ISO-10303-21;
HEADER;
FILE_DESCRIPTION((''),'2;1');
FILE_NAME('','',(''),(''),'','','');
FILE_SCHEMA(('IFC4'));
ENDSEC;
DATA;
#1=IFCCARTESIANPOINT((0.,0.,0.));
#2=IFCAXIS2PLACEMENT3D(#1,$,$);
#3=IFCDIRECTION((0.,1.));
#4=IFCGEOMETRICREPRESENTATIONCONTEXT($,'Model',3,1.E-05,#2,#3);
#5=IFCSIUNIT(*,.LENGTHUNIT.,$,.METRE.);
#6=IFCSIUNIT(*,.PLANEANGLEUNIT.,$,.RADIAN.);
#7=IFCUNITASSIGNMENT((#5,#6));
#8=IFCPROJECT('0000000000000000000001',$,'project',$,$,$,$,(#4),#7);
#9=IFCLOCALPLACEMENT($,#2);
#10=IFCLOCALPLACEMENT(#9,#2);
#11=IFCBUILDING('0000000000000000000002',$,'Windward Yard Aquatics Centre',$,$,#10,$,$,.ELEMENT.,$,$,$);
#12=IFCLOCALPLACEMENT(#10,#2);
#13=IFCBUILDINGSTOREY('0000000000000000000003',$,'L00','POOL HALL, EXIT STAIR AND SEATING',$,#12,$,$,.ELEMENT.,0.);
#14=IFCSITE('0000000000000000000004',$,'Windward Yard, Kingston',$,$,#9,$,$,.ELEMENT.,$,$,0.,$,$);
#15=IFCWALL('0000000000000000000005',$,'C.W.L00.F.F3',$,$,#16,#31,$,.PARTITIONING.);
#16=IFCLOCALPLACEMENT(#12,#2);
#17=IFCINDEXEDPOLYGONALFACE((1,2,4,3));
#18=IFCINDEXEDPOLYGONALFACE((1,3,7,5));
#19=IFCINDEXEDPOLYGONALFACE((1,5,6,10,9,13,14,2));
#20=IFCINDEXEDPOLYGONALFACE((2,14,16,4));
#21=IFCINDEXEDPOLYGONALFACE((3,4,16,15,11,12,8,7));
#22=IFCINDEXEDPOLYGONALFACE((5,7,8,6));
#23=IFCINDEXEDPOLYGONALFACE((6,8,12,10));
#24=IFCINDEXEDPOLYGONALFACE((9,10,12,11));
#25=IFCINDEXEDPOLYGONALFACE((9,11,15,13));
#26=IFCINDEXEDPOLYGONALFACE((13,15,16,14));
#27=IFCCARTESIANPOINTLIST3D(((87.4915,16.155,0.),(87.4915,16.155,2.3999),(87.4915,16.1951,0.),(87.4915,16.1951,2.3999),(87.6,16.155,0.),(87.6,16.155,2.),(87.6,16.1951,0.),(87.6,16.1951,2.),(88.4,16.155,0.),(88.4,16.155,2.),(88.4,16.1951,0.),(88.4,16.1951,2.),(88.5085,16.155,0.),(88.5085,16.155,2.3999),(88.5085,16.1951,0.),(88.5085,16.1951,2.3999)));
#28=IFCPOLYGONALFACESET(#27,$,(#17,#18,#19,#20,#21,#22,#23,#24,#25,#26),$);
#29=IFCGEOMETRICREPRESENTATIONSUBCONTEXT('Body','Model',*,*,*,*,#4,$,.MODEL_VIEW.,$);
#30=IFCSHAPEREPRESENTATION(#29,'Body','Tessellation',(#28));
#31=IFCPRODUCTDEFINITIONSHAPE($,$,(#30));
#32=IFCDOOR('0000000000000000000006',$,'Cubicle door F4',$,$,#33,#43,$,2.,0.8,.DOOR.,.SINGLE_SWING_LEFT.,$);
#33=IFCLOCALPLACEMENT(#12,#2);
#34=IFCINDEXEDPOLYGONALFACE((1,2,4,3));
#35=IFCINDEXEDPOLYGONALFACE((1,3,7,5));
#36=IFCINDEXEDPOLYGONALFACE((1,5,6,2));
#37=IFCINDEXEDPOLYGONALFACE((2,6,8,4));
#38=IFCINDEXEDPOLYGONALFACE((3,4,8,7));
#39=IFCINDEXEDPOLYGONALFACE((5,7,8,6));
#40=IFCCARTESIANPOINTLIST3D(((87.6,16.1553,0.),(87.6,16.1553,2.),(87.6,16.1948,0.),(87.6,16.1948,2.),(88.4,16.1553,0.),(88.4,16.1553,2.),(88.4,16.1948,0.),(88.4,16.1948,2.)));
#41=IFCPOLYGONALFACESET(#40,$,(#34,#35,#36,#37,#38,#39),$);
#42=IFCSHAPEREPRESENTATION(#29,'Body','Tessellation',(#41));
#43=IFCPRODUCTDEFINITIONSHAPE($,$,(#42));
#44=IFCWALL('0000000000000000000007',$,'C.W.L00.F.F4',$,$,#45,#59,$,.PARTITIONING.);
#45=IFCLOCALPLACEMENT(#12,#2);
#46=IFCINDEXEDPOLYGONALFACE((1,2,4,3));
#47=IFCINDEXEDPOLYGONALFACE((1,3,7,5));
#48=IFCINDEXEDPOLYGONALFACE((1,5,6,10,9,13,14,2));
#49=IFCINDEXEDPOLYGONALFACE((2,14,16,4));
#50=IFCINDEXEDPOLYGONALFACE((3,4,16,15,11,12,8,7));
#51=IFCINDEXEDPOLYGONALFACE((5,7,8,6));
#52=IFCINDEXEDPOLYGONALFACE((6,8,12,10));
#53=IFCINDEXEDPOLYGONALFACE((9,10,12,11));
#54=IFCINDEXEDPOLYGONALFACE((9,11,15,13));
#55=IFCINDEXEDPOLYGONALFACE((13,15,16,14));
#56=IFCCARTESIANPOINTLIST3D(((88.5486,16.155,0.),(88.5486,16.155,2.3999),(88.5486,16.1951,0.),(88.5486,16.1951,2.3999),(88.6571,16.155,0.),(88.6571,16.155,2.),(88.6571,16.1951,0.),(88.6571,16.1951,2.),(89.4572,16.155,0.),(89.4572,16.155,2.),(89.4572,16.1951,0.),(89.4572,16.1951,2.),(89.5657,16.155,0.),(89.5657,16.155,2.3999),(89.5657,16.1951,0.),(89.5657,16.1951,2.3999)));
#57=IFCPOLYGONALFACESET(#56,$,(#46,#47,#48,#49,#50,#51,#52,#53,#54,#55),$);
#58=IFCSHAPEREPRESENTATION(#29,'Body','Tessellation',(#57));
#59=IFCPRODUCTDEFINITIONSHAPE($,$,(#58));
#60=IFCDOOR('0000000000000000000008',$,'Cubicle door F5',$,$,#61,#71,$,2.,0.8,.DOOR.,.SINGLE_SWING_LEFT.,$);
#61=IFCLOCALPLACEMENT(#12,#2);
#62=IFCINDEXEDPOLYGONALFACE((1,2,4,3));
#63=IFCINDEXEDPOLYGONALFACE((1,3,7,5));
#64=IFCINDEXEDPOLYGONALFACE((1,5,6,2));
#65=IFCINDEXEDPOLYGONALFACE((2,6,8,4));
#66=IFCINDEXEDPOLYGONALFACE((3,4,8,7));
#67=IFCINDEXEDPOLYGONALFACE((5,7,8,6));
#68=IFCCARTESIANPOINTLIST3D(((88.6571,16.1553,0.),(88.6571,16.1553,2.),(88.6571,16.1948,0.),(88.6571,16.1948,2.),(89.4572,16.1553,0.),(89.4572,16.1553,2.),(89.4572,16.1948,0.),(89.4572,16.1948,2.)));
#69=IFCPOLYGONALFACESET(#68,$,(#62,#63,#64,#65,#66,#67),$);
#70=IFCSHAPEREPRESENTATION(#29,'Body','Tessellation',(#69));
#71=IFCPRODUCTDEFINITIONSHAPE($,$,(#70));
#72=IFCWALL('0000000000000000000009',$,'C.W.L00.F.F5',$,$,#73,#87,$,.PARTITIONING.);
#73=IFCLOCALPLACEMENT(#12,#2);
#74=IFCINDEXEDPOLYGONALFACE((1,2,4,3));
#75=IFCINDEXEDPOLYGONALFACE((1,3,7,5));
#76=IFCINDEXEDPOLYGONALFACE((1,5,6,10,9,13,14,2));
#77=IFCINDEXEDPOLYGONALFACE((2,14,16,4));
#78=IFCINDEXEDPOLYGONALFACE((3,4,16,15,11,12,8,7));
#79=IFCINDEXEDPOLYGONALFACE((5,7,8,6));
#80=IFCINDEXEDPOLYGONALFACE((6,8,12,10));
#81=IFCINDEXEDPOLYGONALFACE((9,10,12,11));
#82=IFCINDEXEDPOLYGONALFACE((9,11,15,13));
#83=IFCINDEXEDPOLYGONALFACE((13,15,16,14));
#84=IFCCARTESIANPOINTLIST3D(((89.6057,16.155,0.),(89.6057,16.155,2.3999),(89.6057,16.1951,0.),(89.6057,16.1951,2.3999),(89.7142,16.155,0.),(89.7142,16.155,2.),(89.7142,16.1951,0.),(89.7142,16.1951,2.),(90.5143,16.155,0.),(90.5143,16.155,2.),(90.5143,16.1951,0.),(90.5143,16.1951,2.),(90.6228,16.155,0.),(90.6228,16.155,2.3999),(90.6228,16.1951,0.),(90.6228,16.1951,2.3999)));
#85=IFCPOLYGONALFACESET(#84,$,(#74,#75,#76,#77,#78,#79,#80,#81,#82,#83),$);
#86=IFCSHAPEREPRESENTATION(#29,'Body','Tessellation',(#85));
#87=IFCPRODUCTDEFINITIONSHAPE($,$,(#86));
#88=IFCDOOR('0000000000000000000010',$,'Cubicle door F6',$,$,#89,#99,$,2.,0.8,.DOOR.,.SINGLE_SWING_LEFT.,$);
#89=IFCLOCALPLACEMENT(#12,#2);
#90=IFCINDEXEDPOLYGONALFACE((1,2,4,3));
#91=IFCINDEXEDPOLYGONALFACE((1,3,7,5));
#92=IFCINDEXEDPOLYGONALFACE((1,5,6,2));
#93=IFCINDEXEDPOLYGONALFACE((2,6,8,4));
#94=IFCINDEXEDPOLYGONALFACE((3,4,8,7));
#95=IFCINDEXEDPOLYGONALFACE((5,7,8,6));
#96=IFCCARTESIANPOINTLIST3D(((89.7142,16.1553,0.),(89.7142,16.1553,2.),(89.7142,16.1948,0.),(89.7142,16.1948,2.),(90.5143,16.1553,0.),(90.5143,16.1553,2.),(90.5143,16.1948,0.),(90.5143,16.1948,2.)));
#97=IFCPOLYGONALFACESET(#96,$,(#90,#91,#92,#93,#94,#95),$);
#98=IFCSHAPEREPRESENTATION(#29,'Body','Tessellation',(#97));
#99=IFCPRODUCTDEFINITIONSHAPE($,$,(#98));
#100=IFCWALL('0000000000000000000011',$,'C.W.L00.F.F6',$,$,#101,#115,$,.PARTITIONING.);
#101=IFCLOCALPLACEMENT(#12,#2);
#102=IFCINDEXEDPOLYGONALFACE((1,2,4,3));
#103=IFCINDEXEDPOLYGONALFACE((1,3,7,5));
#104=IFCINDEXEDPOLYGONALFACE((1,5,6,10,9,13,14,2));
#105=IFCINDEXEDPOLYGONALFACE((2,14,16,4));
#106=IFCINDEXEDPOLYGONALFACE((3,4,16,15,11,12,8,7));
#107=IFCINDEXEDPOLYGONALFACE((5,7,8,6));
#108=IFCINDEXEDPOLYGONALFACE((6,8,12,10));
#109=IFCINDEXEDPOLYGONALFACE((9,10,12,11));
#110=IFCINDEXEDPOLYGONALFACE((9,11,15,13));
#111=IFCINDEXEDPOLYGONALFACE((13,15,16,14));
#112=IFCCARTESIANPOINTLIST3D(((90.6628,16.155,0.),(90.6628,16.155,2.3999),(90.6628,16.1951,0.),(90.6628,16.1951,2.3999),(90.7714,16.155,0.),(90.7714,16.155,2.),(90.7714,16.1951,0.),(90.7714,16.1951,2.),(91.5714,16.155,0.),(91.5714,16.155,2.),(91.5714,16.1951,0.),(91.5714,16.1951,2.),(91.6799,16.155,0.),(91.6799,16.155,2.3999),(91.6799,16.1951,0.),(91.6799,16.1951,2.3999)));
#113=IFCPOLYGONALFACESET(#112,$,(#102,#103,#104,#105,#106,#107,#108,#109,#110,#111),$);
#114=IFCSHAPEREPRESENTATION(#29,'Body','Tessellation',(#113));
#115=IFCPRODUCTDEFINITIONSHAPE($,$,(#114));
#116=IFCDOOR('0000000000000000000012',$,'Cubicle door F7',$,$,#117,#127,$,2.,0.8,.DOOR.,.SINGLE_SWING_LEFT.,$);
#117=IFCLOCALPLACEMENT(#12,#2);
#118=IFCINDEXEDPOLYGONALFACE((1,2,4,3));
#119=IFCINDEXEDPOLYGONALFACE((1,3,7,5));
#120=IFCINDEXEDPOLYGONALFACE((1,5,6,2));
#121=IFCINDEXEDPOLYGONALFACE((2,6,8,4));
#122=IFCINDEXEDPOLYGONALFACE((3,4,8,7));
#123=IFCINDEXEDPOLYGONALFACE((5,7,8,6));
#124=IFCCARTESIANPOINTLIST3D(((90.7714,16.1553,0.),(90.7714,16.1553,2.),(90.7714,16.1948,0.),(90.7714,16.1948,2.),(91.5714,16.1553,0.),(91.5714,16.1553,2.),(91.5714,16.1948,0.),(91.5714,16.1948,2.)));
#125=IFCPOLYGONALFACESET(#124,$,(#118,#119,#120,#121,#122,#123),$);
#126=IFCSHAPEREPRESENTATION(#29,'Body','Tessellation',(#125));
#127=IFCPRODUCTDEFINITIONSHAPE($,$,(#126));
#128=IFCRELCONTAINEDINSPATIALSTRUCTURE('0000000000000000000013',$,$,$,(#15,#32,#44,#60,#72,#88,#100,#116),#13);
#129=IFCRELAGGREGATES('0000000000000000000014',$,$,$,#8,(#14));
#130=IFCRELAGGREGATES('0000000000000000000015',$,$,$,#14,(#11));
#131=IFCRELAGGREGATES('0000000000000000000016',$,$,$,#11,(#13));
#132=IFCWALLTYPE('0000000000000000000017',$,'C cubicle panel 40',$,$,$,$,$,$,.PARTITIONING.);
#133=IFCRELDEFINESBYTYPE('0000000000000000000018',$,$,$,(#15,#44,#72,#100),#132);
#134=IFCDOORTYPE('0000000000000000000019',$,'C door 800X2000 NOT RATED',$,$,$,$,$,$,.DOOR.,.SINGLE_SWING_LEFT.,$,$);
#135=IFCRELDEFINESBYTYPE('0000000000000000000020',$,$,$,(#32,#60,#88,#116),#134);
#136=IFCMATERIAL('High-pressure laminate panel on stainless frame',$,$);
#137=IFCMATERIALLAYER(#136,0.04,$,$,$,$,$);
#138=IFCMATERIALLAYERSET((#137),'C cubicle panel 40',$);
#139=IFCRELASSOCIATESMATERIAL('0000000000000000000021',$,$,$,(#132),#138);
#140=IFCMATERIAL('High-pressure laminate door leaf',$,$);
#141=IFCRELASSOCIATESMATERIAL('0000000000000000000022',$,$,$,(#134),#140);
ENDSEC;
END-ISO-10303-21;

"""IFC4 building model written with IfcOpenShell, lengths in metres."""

from ifc_helpers import new_model, si_unit, direction, frame, frame_2d, origin, place, context, subcontext, project, spatial, rectangle, extrude, material, layer, layer_set, type_object, element, fill, save


model = new_model("IFC4")

# Units and contexts
model_context = context("Model", 3, precision=1e-05, world=origin(), true_north=direction((0.0, 1.0)))
body_context = subcontext(model_context, "Body", "Model", "MODEL_VIEW")
ifc_project = project(units=[si_unit("LENGTHUNIT", "METRE"), si_unit("PLANEANGLEUNIT", "RADIAN")], contexts=[model_context])

# Site, building, storey
site_placement = place(None, origin())
site = spatial("IfcSite", under=ifc_project, at=site_placement, Name="Windward Yard, Kingston", CompositionType="ELEMENT", RefElevation=0.0)
building_placement = place(site_placement, origin())
building = spatial("IfcBuilding", under=site, at=building_placement, Name="Windward Yard Aquatics Centre", CompositionType="ELEMENT")
storey_placement = place(building_placement, origin())
storey = spatial("IfcBuildingStorey", under=building, at=storey_placement, Name="L00", Description="POOL HALL, EXIT STAIR AND SEATING", CompositionType="ELEMENT", Elevation=0.0)

# Shared definitions
ifc_material_1 = material(Name="High-pressure laminate panel on stainless frame")
ifc_layer_1 = layer(ifc_material_1, 0.04)
ifc_layer_set_1 = layer_set([ifc_layer_1], Name="C cubicle panel 40")
wall_type_1 = type_object("IfcWallType", Name="C cubicle panel 40", PredefinedType="PARTITIONING", material=ifc_layer_set_1)

# Walls, openings, doors
ifc_material_2 = material(Name="High-pressure laminate door leaf")
door_type_1 = type_object("IfcDoorType", Name="C door 800X2000 NOT RATED", OperationType="SINGLE_SWING_LEFT", PredefinedType="DOOR", material=ifc_material_2)
wall_1_placement = place(storey_placement, frame((87.4915, 16.175, 0.0), z_axis=(0.0, 0.0, 1.0), x_axis=(1.0, 0.0, 0.0)))
wall_1 = element("IfcWall", 1, at=wall_1_placement, inside=storey, type_object=wall_type_1, Name="C.W.L00.F.F3", PredefinedType="PARTITIONING", context=body_context, shape_type="SweptSolid", body=[
    extrude(rectangle(XDim=1.0171, YDim=0.04, at=frame_2d((0.5085, 0.0))), origin(), (0.0, 0.0, 1.0), 2.3999),
])
opening_1_placement = place(wall_1_placement, frame((0.1086, 0.0, 0.0)))
opening_1 = element("IfcOpeningElement", 2, at=opening_1_placement, cuts=wall_1, PredefinedType="OPENING", context=body_context, shape_type="SweptSolid", body=[
    extrude(rectangle(XDim=0.8, YDim=2.0, at=frame_2d((0.3999, 1.0))), frame((0.0, 0.03, 0.0), z_axis=(0.0, -1.0, 0.0), x_axis=(1.0, 0.0, 0.0)), (0.0, 0.0, 1.0), 0.0601),
])
door_1_placement = place(opening_1_placement, origin())
door_1 = element("IfcDoor", 3, at=door_1_placement, inside=storey, type_object=door_type_1, Name="Cubicle door F4", OperationType="SINGLE_SWING_LEFT", OverallHeight=2.0, OverallWidth=0.8, PredefinedType="DOOR", context=body_context, shape_type="SweptSolid", body=[
    extrude(rectangle(XDim=0.8, YDim=2.0, at=frame_2d((0.3999, 1.0))), frame((0.0, 0.0198, 0.0), z_axis=(0.0, -1.0, 0.0), x_axis=(1.0, 0.0, 0.0)), (0.0, 0.0, 1.0), 0.0396),
])
fill(opening_1, door_1)
wall_2_placement = place(storey_placement, frame((88.5486, 16.175, 0.0), z_axis=(0.0, 0.0, 1.0), x_axis=(1.0, 0.0, 0.0)))
wall_2 = element("IfcWall", 4, at=wall_2_placement, inside=storey, type_object=wall_type_1, Name="C.W.L00.F.F4", PredefinedType="PARTITIONING", context=body_context, shape_type="SweptSolid", body=[
    extrude(rectangle(XDim=1.0171, YDim=0.04, at=frame_2d((0.5085, 0.0))), origin(), (0.0, 0.0, 1.0), 2.3999),
])
opening_2_placement = place(wall_2_placement, frame((0.1086, 0.0, 0.0)))
opening_2 = element("IfcOpeningElement", 5, at=opening_2_placement, cuts=wall_2, PredefinedType="OPENING", context=body_context, shape_type="SweptSolid", body=[
    extrude(rectangle(XDim=0.8, YDim=2.0, at=frame_2d((0.3999, 1.0))), frame((0.0, 0.03, 0.0), z_axis=(0.0, -1.0, 0.0), x_axis=(1.0, 0.0, 0.0)), (0.0, 0.0, 1.0), 0.0601),
])
door_2_placement = place(opening_2_placement, origin())
door_2 = element("IfcDoor", 6, at=door_2_placement, inside=storey, type_object=door_type_1, Name="Cubicle door F5", OperationType="SINGLE_SWING_LEFT", OverallHeight=2.0, OverallWidth=0.8, PredefinedType="DOOR", context=body_context, shape_type="SweptSolid", body=[
    extrude(rectangle(XDim=0.8, YDim=2.0, at=frame_2d((0.3999, 1.0))), frame((0.0, 0.0198, 0.0), z_axis=(0.0, -1.0, 0.0), x_axis=(1.0, 0.0, 0.0)), (0.0, 0.0, 1.0), 0.0396),
])
fill(opening_2, door_2)
wall_3_placement = place(storey_placement, frame((89.6057, 16.175, 0.0), z_axis=(0.0, 0.0, 1.0), x_axis=(1.0, 0.0, 0.0)))
wall_3 = element("IfcWall", 7, at=wall_3_placement, inside=storey, type_object=wall_type_1, Name="C.W.L00.F.F5", PredefinedType="PARTITIONING", context=body_context, shape_type="SweptSolid", body=[
    extrude(rectangle(XDim=1.0171, YDim=0.04, at=frame_2d((0.5085, 0.0))), origin(), (0.0, 0.0, 1.0), 2.3999),
])
opening_3_placement = place(wall_3_placement, frame((0.1086, 0.0, 0.0)))
opening_3 = element("IfcOpeningElement", 8, at=opening_3_placement, cuts=wall_3, PredefinedType="OPENING", context=body_context, shape_type="SweptSolid", body=[
    extrude(rectangle(XDim=0.8, YDim=2.0, at=frame_2d((0.3999, 1.0))), frame((0.0, 0.03, 0.0), z_axis=(0.0, -1.0, 0.0), x_axis=(1.0, 0.0, 0.0)), (0.0, 0.0, 1.0), 0.0601),
])
door_3_placement = place(opening_3_placement, origin())
door_3 = element("IfcDoor", 9, at=door_3_placement, inside=storey, type_object=door_type_1, Name="Cubicle door F6", OperationType="SINGLE_SWING_LEFT", OverallHeight=2.0, OverallWidth=0.8, PredefinedType="DOOR", context=body_context, shape_type="SweptSolid", body=[
    extrude(rectangle(XDim=0.8, YDim=2.0, at=frame_2d((0.3999, 1.0))), frame((0.0, 0.0198, 0.0), z_axis=(0.0, -1.0, 0.0), x_axis=(1.0, 0.0, 0.0)), (0.0, 0.0, 1.0), 0.0396),
])
fill(opening_3, door_3)
wall_4_placement = place(storey_placement, frame((90.6628, 16.175, 0.0), z_axis=(0.0, 0.0, 1.0), x_axis=(1.0, 0.0, 0.0)))
wall_4 = element("IfcWall", 10, at=wall_4_placement, inside=storey, type_object=wall_type_1, Name="C.W.L00.F.F6", PredefinedType="PARTITIONING", context=body_context, shape_type="SweptSolid", body=[
    extrude(rectangle(XDim=1.0171, YDim=0.04, at=frame_2d((0.5085, 0.0))), origin(), (0.0, 0.0, 1.0), 2.3999),
])
opening_4_placement = place(wall_4_placement, frame((0.1086, 0.0, 0.0)))
opening_4 = element("IfcOpeningElement", 11, at=opening_4_placement, cuts=wall_4, PredefinedType="OPENING", context=body_context, shape_type="SweptSolid", body=[
    extrude(rectangle(XDim=0.8, YDim=2.0, at=frame_2d((0.3999, 1.0))), frame((0.0, 0.03, 0.0), z_axis=(0.0, -1.0, 0.0), x_axis=(1.0, 0.0, 0.0)), (0.0, 0.0, 1.0), 0.0601),
])
door_4_placement = place(opening_4_placement, origin())
door_4 = element("IfcDoor", 12, at=door_4_placement, inside=storey, type_object=door_type_1, Name="Cubicle door F7", OperationType="SINGLE_SWING_LEFT", OverallHeight=2.0, OverallWidth=0.8, PredefinedType="DOOR", context=body_context, shape_type="SweptSolid", body=[
    extrude(rectangle(XDim=0.8, YDim=2.0, at=frame_2d((0.3999, 1.0))), frame((0.0, 0.0198, 0.0), z_axis=(0.0, -1.0, 0.0), x_axis=(1.0, 0.0, 0.0)), (0.0, 0.0, 1.0), 0.0396),
])
fill(opening_4, door_4)

save(model, "model.ifc")
